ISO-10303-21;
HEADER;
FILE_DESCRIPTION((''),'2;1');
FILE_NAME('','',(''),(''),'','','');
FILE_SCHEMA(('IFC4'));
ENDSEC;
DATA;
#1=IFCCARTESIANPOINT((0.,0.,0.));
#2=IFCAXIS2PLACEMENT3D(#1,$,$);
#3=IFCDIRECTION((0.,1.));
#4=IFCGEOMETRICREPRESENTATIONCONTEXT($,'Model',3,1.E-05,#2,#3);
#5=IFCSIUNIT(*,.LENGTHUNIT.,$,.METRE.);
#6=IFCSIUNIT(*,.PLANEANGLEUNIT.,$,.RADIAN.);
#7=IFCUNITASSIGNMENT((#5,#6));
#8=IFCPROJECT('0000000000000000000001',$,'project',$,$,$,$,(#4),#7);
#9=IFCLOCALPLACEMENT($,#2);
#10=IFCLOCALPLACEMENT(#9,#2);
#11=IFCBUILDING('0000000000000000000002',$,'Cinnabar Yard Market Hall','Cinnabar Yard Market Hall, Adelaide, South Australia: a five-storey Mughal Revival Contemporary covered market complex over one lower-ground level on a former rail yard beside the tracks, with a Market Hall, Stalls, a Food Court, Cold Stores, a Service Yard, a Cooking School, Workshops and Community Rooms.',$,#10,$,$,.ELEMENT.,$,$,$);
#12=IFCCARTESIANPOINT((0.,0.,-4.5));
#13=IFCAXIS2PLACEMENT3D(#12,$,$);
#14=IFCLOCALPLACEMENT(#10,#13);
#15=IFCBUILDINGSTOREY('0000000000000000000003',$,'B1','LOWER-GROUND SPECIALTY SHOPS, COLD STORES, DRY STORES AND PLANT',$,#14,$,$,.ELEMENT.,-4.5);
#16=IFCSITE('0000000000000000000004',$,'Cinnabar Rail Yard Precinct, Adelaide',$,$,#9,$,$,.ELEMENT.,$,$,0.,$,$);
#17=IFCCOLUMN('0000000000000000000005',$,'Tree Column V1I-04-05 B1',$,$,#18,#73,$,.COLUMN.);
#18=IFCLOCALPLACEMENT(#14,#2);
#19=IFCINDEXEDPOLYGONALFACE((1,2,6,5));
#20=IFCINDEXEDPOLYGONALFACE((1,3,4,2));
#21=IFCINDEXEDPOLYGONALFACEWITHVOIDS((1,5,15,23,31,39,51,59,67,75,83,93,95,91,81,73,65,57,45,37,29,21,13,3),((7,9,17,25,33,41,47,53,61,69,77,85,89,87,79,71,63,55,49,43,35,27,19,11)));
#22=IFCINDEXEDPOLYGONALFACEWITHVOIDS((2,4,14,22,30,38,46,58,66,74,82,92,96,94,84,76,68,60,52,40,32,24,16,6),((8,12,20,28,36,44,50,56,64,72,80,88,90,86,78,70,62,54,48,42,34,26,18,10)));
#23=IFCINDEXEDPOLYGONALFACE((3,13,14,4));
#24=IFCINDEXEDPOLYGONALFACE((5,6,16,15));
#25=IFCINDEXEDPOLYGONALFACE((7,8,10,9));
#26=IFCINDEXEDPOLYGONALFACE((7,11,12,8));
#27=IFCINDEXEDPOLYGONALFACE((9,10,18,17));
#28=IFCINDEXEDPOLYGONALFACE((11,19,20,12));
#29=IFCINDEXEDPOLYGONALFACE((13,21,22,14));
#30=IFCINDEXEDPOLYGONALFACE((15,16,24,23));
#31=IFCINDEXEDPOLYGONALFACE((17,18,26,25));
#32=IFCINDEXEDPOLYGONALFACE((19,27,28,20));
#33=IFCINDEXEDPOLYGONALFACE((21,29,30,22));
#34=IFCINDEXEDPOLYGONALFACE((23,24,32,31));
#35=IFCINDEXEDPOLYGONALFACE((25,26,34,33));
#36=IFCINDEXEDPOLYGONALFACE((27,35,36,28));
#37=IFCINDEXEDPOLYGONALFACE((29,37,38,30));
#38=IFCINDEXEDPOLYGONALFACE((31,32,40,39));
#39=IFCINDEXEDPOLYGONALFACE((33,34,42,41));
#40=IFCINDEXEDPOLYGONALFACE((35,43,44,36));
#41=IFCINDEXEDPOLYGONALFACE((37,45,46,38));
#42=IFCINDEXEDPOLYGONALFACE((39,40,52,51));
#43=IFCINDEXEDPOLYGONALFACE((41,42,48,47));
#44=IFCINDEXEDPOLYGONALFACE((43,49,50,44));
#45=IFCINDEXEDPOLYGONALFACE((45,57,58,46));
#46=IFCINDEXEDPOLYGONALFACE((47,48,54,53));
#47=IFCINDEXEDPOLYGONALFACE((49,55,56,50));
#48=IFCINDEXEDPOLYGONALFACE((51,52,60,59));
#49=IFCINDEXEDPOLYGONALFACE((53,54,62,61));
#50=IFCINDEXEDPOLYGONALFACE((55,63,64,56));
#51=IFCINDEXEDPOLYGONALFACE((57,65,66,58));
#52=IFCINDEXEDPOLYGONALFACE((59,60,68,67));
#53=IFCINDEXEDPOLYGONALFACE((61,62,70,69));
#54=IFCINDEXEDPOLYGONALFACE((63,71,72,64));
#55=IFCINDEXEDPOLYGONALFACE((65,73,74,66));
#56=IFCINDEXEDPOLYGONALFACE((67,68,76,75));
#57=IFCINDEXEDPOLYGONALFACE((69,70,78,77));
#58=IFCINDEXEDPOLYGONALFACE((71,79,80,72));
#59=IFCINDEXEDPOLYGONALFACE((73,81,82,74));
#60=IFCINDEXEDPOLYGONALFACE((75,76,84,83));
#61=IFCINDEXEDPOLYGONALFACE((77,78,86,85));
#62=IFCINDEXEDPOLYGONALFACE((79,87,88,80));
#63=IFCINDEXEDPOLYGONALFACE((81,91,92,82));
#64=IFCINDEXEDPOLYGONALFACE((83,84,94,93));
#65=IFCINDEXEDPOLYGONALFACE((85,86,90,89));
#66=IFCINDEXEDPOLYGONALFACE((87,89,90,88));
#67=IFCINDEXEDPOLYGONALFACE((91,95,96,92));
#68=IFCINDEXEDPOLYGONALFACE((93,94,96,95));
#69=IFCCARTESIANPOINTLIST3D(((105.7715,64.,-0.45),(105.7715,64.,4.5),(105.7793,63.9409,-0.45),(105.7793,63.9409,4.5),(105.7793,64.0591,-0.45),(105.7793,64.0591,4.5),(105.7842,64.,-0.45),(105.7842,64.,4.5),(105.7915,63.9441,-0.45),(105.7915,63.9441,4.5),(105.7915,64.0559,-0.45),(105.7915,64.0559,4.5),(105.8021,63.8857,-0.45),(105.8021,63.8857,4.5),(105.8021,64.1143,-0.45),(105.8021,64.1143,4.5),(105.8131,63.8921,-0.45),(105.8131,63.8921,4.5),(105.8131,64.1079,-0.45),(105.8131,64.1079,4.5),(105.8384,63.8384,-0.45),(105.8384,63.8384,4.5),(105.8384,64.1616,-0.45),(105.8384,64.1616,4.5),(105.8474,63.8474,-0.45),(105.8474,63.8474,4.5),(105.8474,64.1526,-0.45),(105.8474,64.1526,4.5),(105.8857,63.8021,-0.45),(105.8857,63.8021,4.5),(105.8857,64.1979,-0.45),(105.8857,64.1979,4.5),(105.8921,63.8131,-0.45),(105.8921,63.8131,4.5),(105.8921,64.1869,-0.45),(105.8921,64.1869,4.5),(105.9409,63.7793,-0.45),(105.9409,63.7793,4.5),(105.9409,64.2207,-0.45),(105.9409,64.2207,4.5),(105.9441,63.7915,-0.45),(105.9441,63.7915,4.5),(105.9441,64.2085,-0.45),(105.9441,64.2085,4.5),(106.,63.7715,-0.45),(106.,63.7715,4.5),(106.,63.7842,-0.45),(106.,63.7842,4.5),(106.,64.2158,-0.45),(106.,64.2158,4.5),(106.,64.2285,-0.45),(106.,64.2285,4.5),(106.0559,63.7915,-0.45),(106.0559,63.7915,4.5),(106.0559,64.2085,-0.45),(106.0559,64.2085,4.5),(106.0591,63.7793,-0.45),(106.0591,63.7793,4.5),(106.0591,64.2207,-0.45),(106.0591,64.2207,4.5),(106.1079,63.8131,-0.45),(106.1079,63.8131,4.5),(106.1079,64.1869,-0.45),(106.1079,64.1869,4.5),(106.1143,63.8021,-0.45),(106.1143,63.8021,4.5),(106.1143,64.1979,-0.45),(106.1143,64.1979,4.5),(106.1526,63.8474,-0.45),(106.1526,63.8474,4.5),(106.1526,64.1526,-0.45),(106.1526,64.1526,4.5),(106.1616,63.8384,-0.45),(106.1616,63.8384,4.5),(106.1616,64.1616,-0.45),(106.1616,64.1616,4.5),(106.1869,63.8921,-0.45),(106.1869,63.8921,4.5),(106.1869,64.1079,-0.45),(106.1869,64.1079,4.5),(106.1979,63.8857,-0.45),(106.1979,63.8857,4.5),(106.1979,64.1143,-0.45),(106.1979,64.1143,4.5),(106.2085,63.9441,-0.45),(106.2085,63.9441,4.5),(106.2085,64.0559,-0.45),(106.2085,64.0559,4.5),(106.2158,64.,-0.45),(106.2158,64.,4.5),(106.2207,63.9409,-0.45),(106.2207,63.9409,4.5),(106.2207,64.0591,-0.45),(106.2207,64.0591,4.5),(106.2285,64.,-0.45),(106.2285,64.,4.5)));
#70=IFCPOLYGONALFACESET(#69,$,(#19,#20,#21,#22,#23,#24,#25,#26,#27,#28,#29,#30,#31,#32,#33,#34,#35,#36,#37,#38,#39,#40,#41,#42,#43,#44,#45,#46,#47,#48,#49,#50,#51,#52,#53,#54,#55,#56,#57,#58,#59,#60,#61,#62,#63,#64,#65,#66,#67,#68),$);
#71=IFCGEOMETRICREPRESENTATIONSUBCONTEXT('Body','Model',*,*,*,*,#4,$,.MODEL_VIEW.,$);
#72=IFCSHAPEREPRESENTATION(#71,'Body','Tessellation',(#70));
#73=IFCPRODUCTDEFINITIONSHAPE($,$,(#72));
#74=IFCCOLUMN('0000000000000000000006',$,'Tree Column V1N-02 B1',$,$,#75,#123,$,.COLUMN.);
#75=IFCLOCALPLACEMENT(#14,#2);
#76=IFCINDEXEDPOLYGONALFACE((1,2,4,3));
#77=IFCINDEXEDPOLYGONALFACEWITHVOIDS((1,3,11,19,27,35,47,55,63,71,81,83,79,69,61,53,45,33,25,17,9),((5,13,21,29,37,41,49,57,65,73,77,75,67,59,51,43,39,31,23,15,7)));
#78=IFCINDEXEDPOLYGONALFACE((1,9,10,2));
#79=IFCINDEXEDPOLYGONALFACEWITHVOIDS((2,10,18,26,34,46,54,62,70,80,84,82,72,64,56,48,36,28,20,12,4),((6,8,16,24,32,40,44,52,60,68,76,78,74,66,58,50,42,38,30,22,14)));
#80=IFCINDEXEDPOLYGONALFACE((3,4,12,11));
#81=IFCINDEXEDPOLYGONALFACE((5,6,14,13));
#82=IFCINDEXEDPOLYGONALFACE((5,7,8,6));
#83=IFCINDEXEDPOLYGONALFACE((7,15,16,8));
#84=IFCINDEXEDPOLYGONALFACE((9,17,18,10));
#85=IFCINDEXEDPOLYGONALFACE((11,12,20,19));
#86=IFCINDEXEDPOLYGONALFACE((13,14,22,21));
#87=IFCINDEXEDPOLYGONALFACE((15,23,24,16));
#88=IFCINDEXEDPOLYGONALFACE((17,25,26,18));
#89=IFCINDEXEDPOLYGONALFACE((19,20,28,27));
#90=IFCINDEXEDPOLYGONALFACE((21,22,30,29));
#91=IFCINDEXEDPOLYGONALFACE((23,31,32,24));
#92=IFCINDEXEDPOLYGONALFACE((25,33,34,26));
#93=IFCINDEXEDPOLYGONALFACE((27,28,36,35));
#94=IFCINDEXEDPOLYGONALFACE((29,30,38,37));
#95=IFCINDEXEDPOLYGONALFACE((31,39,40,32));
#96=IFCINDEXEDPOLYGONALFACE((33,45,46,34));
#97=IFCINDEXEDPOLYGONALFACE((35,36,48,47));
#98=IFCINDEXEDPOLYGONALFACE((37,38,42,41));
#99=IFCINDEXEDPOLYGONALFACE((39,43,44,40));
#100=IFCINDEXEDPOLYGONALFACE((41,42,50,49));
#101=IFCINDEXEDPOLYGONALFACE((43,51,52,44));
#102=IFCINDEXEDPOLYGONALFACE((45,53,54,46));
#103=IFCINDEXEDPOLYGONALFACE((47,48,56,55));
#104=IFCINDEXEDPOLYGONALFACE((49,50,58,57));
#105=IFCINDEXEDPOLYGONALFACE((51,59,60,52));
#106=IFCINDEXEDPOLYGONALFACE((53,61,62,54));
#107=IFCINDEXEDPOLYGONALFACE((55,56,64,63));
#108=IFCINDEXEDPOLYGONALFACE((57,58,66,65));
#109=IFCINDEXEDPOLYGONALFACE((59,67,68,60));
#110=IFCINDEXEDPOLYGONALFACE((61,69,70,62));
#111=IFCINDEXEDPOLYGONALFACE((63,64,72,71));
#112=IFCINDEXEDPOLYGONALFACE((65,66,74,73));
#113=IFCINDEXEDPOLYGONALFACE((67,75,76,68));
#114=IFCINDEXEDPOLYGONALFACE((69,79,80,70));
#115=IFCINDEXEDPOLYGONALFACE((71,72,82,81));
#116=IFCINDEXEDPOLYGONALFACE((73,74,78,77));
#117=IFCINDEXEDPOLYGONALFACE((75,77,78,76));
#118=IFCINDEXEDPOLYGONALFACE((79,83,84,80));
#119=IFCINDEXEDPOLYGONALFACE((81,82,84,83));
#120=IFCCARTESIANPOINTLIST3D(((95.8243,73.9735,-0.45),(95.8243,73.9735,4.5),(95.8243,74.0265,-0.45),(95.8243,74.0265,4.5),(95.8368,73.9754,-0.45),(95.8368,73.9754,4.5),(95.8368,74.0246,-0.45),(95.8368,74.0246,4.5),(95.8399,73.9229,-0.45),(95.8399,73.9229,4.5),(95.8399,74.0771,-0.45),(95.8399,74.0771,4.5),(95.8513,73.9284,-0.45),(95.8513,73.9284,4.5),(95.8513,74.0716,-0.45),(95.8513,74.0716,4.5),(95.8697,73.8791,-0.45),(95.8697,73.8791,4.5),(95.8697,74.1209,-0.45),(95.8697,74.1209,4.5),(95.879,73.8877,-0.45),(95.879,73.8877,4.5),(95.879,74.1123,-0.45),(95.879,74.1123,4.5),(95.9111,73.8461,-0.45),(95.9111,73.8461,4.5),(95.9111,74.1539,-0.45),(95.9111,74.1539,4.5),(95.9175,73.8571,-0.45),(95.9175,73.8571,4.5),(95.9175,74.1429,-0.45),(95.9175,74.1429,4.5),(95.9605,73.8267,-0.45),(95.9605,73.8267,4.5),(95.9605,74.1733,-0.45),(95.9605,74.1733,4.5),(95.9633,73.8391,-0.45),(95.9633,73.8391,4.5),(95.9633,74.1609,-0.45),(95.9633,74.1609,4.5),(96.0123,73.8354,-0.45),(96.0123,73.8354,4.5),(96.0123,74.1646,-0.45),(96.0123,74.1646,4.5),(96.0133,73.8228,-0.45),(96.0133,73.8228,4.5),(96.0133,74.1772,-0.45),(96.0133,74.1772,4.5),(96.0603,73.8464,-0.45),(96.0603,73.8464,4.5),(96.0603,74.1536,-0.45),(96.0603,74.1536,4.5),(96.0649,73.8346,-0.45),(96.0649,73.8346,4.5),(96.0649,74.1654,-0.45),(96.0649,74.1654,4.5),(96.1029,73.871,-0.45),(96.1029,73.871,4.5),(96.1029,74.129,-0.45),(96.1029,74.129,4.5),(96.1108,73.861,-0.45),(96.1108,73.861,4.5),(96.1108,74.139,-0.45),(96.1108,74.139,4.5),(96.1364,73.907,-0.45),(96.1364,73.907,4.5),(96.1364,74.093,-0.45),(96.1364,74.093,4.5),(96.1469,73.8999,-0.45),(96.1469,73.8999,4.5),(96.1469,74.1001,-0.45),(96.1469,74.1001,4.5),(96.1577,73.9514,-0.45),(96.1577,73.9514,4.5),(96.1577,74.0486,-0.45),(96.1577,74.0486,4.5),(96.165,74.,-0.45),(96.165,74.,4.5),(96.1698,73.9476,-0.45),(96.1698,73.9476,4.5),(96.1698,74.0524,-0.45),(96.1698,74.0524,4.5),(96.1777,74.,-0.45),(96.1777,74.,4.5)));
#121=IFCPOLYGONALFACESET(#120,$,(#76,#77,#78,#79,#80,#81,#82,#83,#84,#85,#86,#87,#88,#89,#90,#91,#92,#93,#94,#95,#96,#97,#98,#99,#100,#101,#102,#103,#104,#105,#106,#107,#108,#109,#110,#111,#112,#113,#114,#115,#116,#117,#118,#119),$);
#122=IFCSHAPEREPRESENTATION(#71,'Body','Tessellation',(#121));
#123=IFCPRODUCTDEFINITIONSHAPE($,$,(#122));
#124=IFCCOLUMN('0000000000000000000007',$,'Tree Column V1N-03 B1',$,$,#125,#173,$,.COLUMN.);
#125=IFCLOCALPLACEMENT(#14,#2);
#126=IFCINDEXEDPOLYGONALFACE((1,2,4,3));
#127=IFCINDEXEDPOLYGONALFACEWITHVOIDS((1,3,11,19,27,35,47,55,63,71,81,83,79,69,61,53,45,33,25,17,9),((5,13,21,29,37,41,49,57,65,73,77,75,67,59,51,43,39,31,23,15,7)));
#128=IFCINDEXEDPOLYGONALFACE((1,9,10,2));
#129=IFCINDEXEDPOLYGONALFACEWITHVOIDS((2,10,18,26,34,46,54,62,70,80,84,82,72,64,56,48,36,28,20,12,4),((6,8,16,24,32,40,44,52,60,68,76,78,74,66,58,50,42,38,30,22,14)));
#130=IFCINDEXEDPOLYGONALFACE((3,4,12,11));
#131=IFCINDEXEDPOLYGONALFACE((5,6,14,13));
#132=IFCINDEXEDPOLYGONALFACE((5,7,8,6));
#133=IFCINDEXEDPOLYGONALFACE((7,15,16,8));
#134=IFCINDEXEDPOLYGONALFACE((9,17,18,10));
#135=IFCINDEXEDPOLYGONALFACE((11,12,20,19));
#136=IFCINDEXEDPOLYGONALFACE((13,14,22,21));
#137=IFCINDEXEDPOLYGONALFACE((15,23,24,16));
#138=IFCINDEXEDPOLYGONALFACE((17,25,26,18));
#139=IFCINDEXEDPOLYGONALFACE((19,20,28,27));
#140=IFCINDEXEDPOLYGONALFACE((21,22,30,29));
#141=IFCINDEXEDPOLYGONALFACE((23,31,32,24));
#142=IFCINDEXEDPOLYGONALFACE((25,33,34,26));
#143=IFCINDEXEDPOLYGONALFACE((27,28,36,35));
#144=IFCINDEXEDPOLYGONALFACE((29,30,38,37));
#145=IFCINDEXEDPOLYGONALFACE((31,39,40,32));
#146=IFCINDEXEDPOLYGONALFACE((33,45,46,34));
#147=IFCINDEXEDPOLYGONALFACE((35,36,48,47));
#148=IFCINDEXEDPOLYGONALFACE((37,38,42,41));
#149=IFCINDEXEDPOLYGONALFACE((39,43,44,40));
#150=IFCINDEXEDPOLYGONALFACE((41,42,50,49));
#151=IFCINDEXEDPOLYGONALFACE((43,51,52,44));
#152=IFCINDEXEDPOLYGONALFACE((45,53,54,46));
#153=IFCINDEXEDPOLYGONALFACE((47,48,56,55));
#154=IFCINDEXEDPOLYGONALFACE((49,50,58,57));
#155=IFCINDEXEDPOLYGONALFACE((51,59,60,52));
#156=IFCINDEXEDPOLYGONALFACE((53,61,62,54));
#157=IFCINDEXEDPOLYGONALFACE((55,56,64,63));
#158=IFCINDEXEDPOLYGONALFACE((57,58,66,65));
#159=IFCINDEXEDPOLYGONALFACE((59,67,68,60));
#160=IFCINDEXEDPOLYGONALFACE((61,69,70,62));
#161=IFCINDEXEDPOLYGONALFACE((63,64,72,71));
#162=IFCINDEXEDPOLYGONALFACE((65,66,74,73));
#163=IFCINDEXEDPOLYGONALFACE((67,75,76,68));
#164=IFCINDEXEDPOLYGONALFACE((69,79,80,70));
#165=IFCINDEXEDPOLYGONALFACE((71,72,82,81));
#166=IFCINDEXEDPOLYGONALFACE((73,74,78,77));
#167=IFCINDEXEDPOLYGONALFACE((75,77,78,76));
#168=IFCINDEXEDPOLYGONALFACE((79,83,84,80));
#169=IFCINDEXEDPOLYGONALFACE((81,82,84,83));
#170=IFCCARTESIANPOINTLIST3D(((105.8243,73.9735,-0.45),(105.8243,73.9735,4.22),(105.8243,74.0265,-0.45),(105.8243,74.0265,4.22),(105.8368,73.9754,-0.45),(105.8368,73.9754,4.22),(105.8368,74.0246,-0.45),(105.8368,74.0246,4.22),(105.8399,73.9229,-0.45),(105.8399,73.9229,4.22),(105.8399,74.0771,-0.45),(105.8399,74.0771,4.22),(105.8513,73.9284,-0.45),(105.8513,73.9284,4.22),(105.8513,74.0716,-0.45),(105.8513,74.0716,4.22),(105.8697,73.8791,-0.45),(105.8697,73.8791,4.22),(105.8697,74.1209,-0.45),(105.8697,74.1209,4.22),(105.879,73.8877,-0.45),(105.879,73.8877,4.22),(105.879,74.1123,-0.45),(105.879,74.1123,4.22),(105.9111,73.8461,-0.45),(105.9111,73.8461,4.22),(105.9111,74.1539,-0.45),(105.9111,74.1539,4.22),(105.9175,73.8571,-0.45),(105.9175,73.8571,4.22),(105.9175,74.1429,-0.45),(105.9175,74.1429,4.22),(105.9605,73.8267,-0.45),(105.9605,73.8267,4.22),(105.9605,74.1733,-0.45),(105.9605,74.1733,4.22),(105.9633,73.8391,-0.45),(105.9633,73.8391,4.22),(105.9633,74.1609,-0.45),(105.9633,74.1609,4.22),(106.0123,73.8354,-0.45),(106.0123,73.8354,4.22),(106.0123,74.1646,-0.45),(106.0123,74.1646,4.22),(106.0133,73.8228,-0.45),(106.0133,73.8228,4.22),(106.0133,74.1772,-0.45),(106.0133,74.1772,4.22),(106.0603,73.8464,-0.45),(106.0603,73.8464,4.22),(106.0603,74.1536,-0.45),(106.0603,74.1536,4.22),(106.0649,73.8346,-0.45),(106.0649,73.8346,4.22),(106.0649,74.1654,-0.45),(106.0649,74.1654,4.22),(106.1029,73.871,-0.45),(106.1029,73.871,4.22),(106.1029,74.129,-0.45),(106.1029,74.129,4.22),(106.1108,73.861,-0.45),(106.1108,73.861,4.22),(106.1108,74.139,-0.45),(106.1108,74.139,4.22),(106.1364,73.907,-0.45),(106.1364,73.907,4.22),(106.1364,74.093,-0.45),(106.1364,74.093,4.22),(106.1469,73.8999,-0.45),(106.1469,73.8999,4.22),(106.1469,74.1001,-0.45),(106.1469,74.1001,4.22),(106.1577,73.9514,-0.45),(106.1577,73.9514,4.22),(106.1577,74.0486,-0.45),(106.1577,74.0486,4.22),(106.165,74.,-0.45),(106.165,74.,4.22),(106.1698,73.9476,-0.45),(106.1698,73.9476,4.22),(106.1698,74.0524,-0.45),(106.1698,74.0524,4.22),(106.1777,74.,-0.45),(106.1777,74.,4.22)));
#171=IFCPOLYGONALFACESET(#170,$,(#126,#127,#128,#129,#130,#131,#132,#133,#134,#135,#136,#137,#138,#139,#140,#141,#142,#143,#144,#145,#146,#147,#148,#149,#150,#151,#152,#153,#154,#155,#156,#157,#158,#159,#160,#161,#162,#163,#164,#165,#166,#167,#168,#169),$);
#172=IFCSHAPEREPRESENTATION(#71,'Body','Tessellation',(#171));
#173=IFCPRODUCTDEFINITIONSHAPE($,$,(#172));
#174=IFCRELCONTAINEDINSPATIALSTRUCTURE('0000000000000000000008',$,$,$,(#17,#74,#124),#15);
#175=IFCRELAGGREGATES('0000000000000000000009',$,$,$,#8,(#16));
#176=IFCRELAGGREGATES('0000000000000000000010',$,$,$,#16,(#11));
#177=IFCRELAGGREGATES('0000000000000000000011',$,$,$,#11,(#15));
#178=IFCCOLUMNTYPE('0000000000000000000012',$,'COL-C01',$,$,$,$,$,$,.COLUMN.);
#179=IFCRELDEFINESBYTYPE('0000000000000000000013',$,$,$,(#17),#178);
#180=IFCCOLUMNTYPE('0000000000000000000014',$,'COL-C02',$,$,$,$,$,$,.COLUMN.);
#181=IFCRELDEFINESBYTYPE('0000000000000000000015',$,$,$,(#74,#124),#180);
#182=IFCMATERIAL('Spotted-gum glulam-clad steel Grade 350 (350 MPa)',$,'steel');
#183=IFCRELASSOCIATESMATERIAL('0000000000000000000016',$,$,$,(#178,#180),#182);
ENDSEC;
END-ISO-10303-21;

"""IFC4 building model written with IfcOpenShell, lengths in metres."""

from ifc_helpers import new_model, si_unit, direction, frame, origin, origin_2d_with_axis, place, context, subcontext, project, spatial, hollow_circle, extrude, material, material_profile, profile_set, type_object, element, save


model = new_model("IFC4")

# Units and contexts
model_context = context("Model", 3, precision=1e-05, world=origin(), true_north=direction((0.0, 1.0)))
body_context = subcontext(model_context, "Body", "Model", "MODEL_VIEW")
ifc_project = project(units=[si_unit("LENGTHUNIT", "METRE"), si_unit("PLANEANGLEUNIT", "RADIAN")], contexts=[model_context])

# Site, building, storey
site_placement = place(None, origin())
site = spatial("IfcSite", under=ifc_project, at=site_placement, Name="Cinnabar Rail Yard Precinct, Adelaide", CompositionType="ELEMENT", RefElevation=0.0)
building_placement = place(site_placement, origin())
building = spatial("IfcBuilding", under=site, at=building_placement, Name="Cinnabar Yard Market Hall", Description="Cinnabar Yard Market Hall, Adelaide, South Australia: a five-storey Mughal Revival Contemporary covered market complex over one lower-ground level on a former rail yard beside the tracks, with a Market Hall, Stalls, a Food Court, Cold Stores, a Service Yard, a Cooking School, Workshops and Community Rooms.", CompositionType="ELEMENT")
storey_placement = place(building_placement, frame((0.0, 0.0, -4.5)))
storey = spatial("IfcBuildingStorey", under=building, at=storey_placement, Name="B1", Description="LOWER-GROUND SPECIALTY SHOPS, COLD STORES, DRY STORES AND PLANT", CompositionType="ELEMENT", Elevation=-4.5)

# Columns
ifc_material_1 = material(Name="Spotted-gum glulam-clad steel Grade 350 (350 MPa)", Category="steel")
ifc_material_profile_1 = material_profile(ifc_material_1, hollow_circle(Radius=0.2285, WallThickness=0.0127, at=origin_2d_with_axis()), Name="457.0x12.7CHS")
ifc_profile_set_1 = profile_set([ifc_material_profile_1], Name="Spotted-gum glulam-clad steel Grade 350 (350 MPa)")
column_type_1 = type_object("IfcColumnType", Name="COL-C01", PredefinedType="COLUMN", material=ifc_profile_set_1)
for number, where, z_axis, x_axis, name in (
    (1, (106.0, 64.0, -0.45), (0.0, 0.0, 1.0), (1.0, 0.0, 0.0), "Tree Column V1I-04-05 B1"),
):
    element("IfcColumn", number, at=place(storey_placement, frame(where, z_axis=z_axis, x_axis=x_axis)), inside=storey, type_object=column_type_1, Name=name, PredefinedType="COLUMN", context=body_context, shape_type="SweptSolid", body=[
        extrude(hollow_circle(Radius=0.2285, WallThickness=0.0127, at=origin_2d_with_axis()), origin(), (0.0, 0.0, 1.0), 4.95),
    ])
ifc_material_profile_2 = material_profile(ifc_material_1, hollow_circle(Radius=0.1777, WallThickness=0.0127, at=origin_2d_with_axis()), Name="355.6x12.7CHS")
ifc_profile_set_2 = profile_set([ifc_material_profile_2], Name="Spotted-gum glulam-clad steel Grade 350 (350 MPa)")
column_type_2 = type_object("IfcColumnType", Name="COL-C02", PredefinedType="COLUMN", material=ifc_profile_set_2)
column_1_placement = place(storey_placement, frame((96.0, 74.0, -0.45), z_axis=(0.0, 0.0, 1.0), x_axis=(1.0, 0.0, 0.0)))
element("IfcColumn", 2, at=column_1_placement, inside=storey, type_object=column_type_2, Name="Tree Column V1N-02 B1", PredefinedType="COLUMN", context=body_context, shape_type="SweptSolid", body=[
    extrude(hollow_circle(Radius=0.1777, WallThickness=0.0127, at=origin_2d_with_axis()), origin(), (0.0, 0.0, 1.0), 4.95),
])
column_2_placement = place(storey_placement, frame((106.0, 74.0, -0.45), z_axis=(0.0, 0.0, 1.0), x_axis=(1.0, 0.0, 0.0)))
element("IfcColumn", 3, at=column_2_placement, inside=storey, type_object=column_type_2, Name="Tree Column V1N-03 B1", PredefinedType="COLUMN", context=body_context, shape_type="SweptSolid", body=[
    extrude(hollow_circle(Radius=0.1777, WallThickness=0.0127, at=origin_2d_with_axis()), origin(), (0.0, 0.0, 1.0), 4.6699),
])

save(model, "model.ifc")
